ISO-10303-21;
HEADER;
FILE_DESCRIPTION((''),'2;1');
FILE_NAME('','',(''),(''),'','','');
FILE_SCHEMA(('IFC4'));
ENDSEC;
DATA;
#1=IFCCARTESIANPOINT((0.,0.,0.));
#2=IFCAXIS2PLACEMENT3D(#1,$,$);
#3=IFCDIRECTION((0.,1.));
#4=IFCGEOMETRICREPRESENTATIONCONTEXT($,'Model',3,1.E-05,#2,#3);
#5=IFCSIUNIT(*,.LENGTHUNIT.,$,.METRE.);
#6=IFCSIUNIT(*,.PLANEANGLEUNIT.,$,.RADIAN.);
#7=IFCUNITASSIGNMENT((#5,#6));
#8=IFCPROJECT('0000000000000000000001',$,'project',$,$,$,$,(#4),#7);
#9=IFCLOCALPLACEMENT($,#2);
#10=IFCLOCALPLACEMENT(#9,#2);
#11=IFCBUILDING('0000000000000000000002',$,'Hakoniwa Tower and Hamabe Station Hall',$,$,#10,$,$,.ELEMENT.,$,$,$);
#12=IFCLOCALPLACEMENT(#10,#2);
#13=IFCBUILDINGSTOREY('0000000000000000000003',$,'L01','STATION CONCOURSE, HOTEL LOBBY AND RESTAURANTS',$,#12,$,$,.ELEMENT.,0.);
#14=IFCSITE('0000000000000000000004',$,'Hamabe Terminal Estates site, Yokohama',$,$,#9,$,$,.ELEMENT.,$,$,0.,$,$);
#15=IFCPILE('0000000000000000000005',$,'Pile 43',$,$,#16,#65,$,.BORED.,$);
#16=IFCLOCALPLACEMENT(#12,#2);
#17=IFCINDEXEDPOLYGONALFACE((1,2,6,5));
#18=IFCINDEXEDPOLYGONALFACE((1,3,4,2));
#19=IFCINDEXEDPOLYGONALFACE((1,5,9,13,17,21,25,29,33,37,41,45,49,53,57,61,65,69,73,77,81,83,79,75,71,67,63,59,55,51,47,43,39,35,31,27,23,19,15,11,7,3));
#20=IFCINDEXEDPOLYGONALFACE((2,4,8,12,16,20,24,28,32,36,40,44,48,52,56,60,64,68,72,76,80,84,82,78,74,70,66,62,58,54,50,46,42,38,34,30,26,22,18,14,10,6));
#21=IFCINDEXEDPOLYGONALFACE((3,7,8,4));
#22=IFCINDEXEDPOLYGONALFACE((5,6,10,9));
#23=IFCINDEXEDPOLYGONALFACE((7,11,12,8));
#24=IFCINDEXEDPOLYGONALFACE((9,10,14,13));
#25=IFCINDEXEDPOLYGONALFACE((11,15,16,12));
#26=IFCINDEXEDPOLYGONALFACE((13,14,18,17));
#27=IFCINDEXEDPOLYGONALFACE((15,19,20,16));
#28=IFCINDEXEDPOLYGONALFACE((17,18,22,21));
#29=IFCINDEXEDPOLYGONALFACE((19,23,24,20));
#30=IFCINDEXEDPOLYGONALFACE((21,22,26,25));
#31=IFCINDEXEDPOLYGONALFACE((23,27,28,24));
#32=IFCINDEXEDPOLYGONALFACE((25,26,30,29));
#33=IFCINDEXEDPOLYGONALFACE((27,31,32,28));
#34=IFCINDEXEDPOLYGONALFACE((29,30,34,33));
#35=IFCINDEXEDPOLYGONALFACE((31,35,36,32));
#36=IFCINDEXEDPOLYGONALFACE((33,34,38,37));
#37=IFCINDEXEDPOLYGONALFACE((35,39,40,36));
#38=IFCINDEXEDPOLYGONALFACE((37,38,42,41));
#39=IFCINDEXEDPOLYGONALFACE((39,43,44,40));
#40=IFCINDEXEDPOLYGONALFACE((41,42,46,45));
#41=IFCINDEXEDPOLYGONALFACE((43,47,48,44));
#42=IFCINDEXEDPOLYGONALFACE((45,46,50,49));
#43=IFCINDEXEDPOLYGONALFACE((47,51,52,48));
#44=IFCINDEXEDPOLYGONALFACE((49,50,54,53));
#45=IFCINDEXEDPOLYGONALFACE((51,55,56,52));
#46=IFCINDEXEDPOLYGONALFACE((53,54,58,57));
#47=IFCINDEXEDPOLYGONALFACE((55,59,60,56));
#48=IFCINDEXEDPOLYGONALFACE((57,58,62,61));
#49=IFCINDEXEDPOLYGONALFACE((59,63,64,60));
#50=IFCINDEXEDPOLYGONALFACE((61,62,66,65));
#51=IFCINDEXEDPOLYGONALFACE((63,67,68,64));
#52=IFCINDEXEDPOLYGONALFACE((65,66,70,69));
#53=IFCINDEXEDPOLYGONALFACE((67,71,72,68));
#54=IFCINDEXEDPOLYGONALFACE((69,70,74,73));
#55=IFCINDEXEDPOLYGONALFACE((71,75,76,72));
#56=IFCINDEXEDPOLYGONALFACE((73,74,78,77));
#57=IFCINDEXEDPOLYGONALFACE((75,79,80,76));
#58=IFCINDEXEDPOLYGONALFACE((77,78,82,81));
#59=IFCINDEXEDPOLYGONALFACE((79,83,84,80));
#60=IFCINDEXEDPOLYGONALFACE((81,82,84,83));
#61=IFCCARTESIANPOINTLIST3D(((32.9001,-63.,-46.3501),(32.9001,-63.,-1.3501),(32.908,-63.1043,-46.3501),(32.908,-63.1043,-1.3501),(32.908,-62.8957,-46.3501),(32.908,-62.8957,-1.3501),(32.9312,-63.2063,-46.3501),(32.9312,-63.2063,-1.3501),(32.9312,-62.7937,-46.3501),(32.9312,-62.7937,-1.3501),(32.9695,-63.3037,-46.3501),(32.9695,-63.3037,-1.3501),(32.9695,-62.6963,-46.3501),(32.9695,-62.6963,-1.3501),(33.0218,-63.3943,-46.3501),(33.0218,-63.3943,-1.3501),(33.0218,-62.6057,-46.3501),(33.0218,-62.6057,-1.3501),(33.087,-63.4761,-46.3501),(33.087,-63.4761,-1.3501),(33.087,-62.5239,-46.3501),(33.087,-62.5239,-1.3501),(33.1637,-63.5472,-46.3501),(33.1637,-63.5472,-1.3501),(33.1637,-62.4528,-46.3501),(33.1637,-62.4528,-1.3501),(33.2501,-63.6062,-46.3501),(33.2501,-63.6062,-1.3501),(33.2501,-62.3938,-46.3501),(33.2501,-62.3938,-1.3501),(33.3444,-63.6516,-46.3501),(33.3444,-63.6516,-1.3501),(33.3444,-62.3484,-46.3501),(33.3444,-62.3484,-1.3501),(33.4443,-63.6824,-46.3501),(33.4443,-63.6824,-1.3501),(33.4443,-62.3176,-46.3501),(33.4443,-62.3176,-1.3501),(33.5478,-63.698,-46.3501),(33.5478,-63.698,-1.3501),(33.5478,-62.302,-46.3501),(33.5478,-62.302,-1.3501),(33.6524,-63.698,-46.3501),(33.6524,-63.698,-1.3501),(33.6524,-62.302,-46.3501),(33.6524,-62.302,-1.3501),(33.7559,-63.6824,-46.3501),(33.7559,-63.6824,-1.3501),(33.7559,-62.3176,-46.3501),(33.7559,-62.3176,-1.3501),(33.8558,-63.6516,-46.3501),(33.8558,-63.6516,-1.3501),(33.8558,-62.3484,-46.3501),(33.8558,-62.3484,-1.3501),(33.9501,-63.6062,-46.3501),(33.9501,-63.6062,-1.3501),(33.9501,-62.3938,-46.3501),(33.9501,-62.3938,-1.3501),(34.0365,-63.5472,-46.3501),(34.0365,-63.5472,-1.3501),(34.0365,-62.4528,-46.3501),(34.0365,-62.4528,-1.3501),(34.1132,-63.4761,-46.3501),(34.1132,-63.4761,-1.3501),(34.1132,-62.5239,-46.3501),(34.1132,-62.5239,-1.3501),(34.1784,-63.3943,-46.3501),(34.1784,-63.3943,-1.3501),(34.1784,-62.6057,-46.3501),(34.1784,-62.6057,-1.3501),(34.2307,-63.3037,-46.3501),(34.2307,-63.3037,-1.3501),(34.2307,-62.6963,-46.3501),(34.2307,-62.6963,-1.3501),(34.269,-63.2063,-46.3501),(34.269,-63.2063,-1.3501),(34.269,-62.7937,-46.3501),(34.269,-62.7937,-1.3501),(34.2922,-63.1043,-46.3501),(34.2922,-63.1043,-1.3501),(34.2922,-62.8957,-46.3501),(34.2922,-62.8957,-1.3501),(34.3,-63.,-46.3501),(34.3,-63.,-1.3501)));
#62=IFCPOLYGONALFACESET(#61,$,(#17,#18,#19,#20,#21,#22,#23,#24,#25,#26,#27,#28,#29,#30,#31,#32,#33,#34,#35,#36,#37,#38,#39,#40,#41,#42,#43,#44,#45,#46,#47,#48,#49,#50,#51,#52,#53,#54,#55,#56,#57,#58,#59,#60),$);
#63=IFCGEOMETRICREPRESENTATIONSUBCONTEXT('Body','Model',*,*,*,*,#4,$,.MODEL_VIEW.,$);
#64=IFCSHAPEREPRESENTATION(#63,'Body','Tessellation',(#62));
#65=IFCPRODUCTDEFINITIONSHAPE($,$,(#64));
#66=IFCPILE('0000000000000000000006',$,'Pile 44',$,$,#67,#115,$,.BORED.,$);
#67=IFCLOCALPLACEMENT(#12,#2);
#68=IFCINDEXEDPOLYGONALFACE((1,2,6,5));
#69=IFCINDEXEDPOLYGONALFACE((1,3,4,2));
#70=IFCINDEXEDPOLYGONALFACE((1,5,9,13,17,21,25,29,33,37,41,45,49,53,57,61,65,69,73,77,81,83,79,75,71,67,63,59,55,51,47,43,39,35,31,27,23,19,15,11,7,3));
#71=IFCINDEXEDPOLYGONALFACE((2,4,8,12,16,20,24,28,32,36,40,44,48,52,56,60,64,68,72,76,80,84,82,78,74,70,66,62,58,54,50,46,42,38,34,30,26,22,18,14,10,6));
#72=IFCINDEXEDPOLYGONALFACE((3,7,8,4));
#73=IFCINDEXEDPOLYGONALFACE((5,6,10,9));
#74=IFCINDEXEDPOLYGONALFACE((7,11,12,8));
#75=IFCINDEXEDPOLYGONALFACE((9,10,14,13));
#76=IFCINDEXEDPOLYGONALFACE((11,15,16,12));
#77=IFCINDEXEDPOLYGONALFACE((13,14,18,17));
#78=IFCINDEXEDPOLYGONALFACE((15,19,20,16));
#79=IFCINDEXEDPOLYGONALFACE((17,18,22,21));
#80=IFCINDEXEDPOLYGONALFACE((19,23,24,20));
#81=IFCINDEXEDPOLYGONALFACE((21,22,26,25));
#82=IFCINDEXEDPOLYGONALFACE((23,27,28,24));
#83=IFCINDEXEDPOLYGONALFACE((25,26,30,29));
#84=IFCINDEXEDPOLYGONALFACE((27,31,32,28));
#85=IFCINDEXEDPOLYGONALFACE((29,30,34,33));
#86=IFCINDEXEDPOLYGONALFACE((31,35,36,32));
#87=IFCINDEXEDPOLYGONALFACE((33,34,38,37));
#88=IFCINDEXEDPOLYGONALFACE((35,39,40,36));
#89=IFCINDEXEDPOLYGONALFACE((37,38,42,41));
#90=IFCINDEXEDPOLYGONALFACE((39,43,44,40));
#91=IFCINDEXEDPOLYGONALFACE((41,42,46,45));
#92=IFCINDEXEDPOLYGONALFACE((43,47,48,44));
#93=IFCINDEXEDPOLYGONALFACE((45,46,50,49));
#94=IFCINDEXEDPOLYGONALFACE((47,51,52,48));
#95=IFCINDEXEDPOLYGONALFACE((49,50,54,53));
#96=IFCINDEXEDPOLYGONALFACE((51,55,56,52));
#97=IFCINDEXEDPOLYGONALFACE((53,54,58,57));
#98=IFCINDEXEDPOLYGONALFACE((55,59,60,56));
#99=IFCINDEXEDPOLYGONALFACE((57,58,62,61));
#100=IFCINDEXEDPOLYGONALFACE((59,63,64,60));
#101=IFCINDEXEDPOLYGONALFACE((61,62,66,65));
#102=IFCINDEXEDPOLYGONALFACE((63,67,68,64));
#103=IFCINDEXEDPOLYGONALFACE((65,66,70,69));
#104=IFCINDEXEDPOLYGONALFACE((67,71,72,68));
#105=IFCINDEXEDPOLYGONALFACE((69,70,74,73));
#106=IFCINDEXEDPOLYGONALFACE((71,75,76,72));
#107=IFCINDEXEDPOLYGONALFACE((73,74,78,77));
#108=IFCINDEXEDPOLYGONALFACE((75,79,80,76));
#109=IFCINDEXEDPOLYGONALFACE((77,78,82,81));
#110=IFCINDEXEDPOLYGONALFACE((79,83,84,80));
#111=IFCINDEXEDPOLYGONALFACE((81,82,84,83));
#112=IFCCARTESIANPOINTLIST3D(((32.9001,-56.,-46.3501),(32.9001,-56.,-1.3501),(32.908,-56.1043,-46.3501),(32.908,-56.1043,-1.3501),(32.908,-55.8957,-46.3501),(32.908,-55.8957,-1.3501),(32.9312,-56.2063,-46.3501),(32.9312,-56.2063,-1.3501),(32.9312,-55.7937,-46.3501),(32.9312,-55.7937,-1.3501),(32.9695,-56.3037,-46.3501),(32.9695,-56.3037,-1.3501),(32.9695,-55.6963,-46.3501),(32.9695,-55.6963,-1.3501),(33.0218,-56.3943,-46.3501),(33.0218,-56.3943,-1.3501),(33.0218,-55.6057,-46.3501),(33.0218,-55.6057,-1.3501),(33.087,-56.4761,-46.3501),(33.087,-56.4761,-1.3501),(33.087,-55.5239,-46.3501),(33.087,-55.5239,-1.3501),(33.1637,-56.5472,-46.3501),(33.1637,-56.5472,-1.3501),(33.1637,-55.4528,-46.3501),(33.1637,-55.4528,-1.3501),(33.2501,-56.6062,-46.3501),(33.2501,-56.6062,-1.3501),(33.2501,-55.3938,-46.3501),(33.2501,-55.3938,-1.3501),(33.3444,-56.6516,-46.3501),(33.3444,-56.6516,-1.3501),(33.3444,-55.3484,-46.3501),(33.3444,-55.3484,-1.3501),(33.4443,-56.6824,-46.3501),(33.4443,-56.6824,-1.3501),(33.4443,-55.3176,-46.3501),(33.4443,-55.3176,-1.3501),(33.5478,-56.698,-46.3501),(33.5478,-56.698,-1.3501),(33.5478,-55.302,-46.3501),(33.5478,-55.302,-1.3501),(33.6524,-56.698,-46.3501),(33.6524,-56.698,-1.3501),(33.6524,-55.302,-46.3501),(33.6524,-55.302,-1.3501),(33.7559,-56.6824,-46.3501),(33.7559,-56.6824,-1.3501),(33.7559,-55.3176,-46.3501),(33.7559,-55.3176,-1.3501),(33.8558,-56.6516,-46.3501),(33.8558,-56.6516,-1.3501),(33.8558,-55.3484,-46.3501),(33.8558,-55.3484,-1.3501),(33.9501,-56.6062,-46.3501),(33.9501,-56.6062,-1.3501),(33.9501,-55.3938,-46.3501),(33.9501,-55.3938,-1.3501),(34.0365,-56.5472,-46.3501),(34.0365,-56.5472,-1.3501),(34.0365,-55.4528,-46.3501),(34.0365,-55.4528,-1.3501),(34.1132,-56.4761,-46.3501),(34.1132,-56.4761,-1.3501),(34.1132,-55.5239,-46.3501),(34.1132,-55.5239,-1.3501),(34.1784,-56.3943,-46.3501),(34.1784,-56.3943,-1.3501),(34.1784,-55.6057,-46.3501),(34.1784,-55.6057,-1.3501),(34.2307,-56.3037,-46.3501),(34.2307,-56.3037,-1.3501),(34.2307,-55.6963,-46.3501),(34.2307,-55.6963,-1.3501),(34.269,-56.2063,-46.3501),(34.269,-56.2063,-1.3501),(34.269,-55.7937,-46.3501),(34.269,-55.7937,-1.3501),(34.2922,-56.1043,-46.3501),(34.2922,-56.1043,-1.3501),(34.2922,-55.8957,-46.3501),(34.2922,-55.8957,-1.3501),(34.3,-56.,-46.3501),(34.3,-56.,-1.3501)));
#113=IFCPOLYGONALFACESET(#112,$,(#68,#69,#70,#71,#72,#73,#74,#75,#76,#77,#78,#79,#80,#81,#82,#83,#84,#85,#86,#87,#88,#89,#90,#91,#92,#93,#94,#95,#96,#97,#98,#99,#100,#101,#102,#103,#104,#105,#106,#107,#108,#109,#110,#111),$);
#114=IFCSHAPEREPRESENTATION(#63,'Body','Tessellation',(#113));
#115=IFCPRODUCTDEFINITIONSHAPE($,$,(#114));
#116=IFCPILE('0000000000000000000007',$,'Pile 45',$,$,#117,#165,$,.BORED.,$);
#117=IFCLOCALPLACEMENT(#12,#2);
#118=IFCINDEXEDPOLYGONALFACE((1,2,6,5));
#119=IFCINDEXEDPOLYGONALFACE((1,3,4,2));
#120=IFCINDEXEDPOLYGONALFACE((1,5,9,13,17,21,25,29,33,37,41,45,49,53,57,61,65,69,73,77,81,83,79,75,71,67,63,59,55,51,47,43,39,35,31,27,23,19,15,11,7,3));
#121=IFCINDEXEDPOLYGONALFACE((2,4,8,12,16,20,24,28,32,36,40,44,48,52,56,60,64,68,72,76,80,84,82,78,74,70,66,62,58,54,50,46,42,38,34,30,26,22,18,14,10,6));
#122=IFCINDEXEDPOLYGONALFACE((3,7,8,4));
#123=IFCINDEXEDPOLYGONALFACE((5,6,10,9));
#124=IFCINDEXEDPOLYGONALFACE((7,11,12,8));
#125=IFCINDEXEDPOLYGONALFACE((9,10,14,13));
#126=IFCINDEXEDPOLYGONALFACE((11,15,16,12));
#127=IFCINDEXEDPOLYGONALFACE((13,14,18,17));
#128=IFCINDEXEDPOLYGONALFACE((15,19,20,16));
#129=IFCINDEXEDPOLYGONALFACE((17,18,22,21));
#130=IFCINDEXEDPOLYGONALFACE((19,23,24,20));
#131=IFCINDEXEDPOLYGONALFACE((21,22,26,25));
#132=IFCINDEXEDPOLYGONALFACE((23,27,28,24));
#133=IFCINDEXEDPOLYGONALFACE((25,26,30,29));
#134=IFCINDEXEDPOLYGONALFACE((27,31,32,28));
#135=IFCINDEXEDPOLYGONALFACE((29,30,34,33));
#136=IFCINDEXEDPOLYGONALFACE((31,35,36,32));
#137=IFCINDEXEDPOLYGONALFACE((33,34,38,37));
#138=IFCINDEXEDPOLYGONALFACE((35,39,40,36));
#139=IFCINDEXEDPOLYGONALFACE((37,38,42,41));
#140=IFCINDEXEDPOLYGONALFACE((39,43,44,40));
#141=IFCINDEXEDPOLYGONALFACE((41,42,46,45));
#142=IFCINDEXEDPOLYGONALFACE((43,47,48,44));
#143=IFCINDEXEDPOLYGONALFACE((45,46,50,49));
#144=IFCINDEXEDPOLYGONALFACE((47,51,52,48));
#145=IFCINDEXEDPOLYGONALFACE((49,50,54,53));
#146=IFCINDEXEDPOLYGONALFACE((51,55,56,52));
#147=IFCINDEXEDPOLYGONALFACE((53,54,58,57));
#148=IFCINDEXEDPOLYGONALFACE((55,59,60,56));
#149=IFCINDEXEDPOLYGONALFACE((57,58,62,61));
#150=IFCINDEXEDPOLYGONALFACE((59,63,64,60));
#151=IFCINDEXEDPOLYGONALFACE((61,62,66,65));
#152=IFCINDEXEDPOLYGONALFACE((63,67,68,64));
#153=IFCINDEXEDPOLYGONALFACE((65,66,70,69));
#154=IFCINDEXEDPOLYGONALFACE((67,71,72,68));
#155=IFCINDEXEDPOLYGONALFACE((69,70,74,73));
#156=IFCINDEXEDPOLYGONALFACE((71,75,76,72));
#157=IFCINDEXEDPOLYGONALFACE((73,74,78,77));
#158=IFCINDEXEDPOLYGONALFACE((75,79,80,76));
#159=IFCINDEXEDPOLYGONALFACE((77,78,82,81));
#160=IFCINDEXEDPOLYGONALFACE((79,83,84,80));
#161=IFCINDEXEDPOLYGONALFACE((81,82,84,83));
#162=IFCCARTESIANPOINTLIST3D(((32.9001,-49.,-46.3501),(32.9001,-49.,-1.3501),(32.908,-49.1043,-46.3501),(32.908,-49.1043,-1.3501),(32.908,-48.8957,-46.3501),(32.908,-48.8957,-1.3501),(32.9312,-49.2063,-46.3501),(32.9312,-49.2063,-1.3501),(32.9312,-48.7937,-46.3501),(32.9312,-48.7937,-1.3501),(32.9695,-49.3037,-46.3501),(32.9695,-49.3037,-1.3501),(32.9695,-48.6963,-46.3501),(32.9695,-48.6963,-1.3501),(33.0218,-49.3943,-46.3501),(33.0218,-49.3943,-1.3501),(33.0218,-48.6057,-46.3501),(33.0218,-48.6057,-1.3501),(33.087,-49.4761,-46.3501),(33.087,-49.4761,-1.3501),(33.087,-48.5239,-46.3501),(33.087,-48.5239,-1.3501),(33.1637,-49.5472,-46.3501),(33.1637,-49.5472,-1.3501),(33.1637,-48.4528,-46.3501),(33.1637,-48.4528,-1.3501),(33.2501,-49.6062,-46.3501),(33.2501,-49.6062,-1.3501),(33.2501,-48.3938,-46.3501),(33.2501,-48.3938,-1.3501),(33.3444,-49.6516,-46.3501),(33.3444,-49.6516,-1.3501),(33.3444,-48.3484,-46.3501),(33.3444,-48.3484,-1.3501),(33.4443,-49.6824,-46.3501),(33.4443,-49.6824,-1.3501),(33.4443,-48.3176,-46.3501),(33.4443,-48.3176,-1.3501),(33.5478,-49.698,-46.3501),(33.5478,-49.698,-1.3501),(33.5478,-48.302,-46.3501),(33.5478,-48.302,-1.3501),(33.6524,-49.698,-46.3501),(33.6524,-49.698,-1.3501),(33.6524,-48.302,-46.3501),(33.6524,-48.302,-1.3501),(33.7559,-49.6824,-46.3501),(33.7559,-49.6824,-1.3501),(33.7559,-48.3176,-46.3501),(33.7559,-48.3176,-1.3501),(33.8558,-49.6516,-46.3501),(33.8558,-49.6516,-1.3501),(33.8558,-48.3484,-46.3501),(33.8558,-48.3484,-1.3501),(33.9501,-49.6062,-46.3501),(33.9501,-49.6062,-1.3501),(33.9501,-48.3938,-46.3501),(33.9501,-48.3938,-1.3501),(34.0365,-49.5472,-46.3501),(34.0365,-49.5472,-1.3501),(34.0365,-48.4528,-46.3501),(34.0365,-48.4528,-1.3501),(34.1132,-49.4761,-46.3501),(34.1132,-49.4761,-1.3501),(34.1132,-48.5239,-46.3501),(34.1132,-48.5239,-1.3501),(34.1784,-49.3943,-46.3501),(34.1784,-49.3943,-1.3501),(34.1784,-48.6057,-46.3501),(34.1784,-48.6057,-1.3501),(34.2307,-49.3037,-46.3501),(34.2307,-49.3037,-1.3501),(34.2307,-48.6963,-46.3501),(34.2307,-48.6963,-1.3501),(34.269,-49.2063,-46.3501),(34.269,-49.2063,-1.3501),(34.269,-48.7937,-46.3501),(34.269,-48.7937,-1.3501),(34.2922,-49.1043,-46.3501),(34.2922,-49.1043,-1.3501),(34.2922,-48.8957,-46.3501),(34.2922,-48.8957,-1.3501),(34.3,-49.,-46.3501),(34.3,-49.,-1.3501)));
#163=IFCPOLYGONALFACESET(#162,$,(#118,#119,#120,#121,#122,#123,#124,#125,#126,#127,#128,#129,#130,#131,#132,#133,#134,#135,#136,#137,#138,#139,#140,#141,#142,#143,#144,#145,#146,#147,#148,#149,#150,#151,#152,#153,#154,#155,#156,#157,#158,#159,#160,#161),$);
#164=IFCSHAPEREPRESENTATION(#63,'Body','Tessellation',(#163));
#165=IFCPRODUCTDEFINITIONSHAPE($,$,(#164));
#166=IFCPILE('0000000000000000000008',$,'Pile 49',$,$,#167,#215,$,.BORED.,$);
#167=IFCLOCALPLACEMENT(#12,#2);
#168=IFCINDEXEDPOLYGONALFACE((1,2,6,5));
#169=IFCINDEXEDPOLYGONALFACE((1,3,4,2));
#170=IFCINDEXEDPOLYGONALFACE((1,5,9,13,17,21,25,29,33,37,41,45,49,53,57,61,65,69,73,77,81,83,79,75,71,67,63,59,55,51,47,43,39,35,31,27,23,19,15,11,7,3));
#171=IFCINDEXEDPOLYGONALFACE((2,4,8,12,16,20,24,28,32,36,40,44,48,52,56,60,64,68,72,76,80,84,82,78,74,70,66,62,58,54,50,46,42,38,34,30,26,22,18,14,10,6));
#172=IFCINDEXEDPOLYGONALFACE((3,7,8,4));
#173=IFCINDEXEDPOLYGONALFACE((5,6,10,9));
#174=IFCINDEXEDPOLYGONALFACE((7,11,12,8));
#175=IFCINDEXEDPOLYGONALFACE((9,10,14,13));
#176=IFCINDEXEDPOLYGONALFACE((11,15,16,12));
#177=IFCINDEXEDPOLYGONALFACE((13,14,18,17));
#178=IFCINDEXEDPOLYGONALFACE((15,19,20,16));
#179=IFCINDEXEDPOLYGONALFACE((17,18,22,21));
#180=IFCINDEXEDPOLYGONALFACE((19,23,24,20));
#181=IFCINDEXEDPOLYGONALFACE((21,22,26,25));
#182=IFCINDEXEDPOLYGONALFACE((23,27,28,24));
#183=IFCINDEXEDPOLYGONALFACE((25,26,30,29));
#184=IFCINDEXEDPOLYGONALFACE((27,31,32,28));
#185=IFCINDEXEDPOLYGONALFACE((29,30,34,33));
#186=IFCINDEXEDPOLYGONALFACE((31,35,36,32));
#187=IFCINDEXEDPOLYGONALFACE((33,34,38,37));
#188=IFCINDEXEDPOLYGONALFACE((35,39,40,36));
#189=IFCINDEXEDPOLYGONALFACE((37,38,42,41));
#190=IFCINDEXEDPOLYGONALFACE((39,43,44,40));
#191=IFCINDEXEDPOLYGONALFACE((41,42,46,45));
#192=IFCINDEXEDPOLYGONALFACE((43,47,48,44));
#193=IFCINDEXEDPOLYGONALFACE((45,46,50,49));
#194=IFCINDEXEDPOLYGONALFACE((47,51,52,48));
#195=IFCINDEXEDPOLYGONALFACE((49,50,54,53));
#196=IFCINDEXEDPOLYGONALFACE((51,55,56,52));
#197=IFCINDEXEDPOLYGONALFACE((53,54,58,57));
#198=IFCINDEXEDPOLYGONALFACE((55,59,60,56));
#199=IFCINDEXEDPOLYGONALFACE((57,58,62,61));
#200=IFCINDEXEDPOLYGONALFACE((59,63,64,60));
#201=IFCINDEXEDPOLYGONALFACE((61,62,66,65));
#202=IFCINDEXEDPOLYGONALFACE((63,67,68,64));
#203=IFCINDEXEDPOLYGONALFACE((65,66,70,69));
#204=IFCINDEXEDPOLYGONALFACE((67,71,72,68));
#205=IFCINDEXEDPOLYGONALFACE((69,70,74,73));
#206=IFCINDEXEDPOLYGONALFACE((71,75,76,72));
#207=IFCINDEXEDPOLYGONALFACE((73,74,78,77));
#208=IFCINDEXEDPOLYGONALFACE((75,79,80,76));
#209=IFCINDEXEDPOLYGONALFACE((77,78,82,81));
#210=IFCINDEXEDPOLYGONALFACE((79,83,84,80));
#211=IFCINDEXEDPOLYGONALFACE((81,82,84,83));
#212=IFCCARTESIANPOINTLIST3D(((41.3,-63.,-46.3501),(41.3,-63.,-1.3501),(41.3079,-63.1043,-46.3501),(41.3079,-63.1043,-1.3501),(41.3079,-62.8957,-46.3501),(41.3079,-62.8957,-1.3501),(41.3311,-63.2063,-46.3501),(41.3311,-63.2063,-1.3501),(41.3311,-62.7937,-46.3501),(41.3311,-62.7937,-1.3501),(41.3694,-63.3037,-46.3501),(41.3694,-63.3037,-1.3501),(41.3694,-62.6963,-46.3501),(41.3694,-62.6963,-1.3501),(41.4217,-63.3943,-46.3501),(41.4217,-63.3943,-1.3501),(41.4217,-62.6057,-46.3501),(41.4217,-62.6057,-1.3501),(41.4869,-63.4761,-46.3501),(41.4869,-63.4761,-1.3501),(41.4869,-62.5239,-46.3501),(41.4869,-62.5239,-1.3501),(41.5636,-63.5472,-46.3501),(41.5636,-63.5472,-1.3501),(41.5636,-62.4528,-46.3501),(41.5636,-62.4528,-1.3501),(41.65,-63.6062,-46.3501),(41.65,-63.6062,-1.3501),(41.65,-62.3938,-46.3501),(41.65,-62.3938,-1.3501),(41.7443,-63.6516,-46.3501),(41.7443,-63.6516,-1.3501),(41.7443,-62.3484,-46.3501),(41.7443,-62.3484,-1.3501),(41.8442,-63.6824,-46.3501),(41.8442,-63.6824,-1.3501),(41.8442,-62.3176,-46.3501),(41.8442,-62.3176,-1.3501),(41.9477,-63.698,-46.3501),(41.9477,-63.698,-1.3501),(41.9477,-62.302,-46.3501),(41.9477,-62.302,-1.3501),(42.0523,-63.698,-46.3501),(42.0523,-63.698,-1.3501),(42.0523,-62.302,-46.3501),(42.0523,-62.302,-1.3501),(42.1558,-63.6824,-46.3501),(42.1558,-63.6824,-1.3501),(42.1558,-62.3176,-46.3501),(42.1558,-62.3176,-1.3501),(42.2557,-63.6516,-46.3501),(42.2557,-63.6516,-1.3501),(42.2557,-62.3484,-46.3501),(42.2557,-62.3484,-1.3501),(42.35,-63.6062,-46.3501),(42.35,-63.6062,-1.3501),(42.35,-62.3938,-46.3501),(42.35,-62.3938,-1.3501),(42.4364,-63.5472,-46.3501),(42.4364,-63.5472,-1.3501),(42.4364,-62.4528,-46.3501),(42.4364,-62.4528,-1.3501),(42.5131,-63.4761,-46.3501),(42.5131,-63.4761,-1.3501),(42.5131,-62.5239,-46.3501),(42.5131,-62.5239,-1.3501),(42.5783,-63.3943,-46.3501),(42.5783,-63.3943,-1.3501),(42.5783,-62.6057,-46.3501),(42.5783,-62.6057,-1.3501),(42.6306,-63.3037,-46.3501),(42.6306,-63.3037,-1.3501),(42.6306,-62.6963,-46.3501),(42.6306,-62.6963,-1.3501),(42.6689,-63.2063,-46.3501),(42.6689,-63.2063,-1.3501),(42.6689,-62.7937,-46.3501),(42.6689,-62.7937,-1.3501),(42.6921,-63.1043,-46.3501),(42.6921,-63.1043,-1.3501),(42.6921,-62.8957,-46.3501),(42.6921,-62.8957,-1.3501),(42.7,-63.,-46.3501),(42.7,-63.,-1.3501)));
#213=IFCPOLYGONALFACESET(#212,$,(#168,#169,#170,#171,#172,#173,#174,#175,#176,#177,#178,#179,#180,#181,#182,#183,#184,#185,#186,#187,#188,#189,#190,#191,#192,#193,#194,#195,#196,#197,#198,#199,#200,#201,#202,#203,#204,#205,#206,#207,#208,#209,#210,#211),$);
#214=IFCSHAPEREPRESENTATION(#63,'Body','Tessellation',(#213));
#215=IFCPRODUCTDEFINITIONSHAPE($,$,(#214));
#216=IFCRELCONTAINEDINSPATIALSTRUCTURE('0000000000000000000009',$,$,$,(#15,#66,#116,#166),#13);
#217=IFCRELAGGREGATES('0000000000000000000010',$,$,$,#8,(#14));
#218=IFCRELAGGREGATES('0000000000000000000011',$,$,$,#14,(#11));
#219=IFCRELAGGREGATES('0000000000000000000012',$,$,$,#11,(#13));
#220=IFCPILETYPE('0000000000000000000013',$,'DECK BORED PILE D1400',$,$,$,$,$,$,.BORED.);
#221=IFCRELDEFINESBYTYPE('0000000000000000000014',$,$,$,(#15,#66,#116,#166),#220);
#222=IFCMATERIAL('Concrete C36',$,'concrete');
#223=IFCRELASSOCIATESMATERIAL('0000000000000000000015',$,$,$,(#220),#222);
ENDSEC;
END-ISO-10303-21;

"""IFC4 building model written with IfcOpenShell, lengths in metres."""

from ifc_helpers import new_model, si_unit, direction, frame, origin, origin_2d, place, context, subcontext, project, spatial, circle, extrude, material, material_profile, profile_set, type_object, element, save


model = new_model("IFC4")

# Units and contexts
model_context = context("Model", 3, precision=1e-05, world=origin(), true_north=direction((0.0, 1.0)))
body_context = subcontext(model_context, "Body", "Model", "MODEL_VIEW")
ifc_project = project(units=[si_unit("LENGTHUNIT", "METRE"), si_unit("PLANEANGLEUNIT", "RADIAN")], contexts=[model_context])

# Site, building, storey
site_placement = place(None, origin())
site = spatial("IfcSite", under=ifc_project, at=site_placement, Name="Hamabe Terminal Estates site, Yokohama", CompositionType="ELEMENT", RefElevation=0.0)
building_placement = place(site_placement, origin())
building = spatial("IfcBuilding", under=site, at=building_placement, Name="Hakoniwa Tower and Hamabe Station Hall", CompositionType="ELEMENT")
storey_placement = place(building_placement, origin())
storey = spatial("IfcBuildingStorey", under=building, at=storey_placement, Name="L01", Description="STATION CONCOURSE, HOTEL LOBBY AND RESTAURANTS", CompositionType="ELEMENT", Elevation=0.0)

# Piles
ifc_material_1 = material(Name="Concrete C36", Category="concrete")
ifc_material_profile_1 = material_profile(ifc_material_1, circle(Radius=0.7, at=origin_2d()), Name="DECK BORED PILE D1400")
ifc_profile_set_1 = profile_set([ifc_material_profile_1], Name="Concrete C36")
pile_type_1 = type_object("IfcPileType", Name="DECK BORED PILE D1400", PredefinedType="BORED", material=ifc_profile_set_1)
for number, where, z_axis, x_axis, name in (
    (1, (33.6001, -63.0, -1.3501), (0.0, 0.0, -1.0), (1.0, 0.0, 0.0), "Pile 43"),
    (2, (33.6001, -56.0, -1.3501), (0.0, 0.0, -1.0), (1.0, 0.0, 0.0), "Pile 44"),
    (3, (33.6001, -49.0, -1.3501), (0.0, 0.0, -1.0), (1.0, 0.0, 0.0), "Pile 45"),
    (4, (42.0, -63.0, -1.3501), (0.0, 0.0, -1.0), (1.0, 0.0, 0.0), "Pile 49"),
):
    element("IfcPile", number, at=place(storey_placement, frame(where, z_axis=z_axis, x_axis=x_axis)), inside=storey, type_object=pile_type_1, Name=name, PredefinedType="BORED", context=body_context, shape_type="SweptSolid", body=[
        extrude(circle(Radius=0.7, at=origin_2d()), origin(), (0.0, 0.0, 1.0), 45.0),
    ])

save(model, "model.ifc")
